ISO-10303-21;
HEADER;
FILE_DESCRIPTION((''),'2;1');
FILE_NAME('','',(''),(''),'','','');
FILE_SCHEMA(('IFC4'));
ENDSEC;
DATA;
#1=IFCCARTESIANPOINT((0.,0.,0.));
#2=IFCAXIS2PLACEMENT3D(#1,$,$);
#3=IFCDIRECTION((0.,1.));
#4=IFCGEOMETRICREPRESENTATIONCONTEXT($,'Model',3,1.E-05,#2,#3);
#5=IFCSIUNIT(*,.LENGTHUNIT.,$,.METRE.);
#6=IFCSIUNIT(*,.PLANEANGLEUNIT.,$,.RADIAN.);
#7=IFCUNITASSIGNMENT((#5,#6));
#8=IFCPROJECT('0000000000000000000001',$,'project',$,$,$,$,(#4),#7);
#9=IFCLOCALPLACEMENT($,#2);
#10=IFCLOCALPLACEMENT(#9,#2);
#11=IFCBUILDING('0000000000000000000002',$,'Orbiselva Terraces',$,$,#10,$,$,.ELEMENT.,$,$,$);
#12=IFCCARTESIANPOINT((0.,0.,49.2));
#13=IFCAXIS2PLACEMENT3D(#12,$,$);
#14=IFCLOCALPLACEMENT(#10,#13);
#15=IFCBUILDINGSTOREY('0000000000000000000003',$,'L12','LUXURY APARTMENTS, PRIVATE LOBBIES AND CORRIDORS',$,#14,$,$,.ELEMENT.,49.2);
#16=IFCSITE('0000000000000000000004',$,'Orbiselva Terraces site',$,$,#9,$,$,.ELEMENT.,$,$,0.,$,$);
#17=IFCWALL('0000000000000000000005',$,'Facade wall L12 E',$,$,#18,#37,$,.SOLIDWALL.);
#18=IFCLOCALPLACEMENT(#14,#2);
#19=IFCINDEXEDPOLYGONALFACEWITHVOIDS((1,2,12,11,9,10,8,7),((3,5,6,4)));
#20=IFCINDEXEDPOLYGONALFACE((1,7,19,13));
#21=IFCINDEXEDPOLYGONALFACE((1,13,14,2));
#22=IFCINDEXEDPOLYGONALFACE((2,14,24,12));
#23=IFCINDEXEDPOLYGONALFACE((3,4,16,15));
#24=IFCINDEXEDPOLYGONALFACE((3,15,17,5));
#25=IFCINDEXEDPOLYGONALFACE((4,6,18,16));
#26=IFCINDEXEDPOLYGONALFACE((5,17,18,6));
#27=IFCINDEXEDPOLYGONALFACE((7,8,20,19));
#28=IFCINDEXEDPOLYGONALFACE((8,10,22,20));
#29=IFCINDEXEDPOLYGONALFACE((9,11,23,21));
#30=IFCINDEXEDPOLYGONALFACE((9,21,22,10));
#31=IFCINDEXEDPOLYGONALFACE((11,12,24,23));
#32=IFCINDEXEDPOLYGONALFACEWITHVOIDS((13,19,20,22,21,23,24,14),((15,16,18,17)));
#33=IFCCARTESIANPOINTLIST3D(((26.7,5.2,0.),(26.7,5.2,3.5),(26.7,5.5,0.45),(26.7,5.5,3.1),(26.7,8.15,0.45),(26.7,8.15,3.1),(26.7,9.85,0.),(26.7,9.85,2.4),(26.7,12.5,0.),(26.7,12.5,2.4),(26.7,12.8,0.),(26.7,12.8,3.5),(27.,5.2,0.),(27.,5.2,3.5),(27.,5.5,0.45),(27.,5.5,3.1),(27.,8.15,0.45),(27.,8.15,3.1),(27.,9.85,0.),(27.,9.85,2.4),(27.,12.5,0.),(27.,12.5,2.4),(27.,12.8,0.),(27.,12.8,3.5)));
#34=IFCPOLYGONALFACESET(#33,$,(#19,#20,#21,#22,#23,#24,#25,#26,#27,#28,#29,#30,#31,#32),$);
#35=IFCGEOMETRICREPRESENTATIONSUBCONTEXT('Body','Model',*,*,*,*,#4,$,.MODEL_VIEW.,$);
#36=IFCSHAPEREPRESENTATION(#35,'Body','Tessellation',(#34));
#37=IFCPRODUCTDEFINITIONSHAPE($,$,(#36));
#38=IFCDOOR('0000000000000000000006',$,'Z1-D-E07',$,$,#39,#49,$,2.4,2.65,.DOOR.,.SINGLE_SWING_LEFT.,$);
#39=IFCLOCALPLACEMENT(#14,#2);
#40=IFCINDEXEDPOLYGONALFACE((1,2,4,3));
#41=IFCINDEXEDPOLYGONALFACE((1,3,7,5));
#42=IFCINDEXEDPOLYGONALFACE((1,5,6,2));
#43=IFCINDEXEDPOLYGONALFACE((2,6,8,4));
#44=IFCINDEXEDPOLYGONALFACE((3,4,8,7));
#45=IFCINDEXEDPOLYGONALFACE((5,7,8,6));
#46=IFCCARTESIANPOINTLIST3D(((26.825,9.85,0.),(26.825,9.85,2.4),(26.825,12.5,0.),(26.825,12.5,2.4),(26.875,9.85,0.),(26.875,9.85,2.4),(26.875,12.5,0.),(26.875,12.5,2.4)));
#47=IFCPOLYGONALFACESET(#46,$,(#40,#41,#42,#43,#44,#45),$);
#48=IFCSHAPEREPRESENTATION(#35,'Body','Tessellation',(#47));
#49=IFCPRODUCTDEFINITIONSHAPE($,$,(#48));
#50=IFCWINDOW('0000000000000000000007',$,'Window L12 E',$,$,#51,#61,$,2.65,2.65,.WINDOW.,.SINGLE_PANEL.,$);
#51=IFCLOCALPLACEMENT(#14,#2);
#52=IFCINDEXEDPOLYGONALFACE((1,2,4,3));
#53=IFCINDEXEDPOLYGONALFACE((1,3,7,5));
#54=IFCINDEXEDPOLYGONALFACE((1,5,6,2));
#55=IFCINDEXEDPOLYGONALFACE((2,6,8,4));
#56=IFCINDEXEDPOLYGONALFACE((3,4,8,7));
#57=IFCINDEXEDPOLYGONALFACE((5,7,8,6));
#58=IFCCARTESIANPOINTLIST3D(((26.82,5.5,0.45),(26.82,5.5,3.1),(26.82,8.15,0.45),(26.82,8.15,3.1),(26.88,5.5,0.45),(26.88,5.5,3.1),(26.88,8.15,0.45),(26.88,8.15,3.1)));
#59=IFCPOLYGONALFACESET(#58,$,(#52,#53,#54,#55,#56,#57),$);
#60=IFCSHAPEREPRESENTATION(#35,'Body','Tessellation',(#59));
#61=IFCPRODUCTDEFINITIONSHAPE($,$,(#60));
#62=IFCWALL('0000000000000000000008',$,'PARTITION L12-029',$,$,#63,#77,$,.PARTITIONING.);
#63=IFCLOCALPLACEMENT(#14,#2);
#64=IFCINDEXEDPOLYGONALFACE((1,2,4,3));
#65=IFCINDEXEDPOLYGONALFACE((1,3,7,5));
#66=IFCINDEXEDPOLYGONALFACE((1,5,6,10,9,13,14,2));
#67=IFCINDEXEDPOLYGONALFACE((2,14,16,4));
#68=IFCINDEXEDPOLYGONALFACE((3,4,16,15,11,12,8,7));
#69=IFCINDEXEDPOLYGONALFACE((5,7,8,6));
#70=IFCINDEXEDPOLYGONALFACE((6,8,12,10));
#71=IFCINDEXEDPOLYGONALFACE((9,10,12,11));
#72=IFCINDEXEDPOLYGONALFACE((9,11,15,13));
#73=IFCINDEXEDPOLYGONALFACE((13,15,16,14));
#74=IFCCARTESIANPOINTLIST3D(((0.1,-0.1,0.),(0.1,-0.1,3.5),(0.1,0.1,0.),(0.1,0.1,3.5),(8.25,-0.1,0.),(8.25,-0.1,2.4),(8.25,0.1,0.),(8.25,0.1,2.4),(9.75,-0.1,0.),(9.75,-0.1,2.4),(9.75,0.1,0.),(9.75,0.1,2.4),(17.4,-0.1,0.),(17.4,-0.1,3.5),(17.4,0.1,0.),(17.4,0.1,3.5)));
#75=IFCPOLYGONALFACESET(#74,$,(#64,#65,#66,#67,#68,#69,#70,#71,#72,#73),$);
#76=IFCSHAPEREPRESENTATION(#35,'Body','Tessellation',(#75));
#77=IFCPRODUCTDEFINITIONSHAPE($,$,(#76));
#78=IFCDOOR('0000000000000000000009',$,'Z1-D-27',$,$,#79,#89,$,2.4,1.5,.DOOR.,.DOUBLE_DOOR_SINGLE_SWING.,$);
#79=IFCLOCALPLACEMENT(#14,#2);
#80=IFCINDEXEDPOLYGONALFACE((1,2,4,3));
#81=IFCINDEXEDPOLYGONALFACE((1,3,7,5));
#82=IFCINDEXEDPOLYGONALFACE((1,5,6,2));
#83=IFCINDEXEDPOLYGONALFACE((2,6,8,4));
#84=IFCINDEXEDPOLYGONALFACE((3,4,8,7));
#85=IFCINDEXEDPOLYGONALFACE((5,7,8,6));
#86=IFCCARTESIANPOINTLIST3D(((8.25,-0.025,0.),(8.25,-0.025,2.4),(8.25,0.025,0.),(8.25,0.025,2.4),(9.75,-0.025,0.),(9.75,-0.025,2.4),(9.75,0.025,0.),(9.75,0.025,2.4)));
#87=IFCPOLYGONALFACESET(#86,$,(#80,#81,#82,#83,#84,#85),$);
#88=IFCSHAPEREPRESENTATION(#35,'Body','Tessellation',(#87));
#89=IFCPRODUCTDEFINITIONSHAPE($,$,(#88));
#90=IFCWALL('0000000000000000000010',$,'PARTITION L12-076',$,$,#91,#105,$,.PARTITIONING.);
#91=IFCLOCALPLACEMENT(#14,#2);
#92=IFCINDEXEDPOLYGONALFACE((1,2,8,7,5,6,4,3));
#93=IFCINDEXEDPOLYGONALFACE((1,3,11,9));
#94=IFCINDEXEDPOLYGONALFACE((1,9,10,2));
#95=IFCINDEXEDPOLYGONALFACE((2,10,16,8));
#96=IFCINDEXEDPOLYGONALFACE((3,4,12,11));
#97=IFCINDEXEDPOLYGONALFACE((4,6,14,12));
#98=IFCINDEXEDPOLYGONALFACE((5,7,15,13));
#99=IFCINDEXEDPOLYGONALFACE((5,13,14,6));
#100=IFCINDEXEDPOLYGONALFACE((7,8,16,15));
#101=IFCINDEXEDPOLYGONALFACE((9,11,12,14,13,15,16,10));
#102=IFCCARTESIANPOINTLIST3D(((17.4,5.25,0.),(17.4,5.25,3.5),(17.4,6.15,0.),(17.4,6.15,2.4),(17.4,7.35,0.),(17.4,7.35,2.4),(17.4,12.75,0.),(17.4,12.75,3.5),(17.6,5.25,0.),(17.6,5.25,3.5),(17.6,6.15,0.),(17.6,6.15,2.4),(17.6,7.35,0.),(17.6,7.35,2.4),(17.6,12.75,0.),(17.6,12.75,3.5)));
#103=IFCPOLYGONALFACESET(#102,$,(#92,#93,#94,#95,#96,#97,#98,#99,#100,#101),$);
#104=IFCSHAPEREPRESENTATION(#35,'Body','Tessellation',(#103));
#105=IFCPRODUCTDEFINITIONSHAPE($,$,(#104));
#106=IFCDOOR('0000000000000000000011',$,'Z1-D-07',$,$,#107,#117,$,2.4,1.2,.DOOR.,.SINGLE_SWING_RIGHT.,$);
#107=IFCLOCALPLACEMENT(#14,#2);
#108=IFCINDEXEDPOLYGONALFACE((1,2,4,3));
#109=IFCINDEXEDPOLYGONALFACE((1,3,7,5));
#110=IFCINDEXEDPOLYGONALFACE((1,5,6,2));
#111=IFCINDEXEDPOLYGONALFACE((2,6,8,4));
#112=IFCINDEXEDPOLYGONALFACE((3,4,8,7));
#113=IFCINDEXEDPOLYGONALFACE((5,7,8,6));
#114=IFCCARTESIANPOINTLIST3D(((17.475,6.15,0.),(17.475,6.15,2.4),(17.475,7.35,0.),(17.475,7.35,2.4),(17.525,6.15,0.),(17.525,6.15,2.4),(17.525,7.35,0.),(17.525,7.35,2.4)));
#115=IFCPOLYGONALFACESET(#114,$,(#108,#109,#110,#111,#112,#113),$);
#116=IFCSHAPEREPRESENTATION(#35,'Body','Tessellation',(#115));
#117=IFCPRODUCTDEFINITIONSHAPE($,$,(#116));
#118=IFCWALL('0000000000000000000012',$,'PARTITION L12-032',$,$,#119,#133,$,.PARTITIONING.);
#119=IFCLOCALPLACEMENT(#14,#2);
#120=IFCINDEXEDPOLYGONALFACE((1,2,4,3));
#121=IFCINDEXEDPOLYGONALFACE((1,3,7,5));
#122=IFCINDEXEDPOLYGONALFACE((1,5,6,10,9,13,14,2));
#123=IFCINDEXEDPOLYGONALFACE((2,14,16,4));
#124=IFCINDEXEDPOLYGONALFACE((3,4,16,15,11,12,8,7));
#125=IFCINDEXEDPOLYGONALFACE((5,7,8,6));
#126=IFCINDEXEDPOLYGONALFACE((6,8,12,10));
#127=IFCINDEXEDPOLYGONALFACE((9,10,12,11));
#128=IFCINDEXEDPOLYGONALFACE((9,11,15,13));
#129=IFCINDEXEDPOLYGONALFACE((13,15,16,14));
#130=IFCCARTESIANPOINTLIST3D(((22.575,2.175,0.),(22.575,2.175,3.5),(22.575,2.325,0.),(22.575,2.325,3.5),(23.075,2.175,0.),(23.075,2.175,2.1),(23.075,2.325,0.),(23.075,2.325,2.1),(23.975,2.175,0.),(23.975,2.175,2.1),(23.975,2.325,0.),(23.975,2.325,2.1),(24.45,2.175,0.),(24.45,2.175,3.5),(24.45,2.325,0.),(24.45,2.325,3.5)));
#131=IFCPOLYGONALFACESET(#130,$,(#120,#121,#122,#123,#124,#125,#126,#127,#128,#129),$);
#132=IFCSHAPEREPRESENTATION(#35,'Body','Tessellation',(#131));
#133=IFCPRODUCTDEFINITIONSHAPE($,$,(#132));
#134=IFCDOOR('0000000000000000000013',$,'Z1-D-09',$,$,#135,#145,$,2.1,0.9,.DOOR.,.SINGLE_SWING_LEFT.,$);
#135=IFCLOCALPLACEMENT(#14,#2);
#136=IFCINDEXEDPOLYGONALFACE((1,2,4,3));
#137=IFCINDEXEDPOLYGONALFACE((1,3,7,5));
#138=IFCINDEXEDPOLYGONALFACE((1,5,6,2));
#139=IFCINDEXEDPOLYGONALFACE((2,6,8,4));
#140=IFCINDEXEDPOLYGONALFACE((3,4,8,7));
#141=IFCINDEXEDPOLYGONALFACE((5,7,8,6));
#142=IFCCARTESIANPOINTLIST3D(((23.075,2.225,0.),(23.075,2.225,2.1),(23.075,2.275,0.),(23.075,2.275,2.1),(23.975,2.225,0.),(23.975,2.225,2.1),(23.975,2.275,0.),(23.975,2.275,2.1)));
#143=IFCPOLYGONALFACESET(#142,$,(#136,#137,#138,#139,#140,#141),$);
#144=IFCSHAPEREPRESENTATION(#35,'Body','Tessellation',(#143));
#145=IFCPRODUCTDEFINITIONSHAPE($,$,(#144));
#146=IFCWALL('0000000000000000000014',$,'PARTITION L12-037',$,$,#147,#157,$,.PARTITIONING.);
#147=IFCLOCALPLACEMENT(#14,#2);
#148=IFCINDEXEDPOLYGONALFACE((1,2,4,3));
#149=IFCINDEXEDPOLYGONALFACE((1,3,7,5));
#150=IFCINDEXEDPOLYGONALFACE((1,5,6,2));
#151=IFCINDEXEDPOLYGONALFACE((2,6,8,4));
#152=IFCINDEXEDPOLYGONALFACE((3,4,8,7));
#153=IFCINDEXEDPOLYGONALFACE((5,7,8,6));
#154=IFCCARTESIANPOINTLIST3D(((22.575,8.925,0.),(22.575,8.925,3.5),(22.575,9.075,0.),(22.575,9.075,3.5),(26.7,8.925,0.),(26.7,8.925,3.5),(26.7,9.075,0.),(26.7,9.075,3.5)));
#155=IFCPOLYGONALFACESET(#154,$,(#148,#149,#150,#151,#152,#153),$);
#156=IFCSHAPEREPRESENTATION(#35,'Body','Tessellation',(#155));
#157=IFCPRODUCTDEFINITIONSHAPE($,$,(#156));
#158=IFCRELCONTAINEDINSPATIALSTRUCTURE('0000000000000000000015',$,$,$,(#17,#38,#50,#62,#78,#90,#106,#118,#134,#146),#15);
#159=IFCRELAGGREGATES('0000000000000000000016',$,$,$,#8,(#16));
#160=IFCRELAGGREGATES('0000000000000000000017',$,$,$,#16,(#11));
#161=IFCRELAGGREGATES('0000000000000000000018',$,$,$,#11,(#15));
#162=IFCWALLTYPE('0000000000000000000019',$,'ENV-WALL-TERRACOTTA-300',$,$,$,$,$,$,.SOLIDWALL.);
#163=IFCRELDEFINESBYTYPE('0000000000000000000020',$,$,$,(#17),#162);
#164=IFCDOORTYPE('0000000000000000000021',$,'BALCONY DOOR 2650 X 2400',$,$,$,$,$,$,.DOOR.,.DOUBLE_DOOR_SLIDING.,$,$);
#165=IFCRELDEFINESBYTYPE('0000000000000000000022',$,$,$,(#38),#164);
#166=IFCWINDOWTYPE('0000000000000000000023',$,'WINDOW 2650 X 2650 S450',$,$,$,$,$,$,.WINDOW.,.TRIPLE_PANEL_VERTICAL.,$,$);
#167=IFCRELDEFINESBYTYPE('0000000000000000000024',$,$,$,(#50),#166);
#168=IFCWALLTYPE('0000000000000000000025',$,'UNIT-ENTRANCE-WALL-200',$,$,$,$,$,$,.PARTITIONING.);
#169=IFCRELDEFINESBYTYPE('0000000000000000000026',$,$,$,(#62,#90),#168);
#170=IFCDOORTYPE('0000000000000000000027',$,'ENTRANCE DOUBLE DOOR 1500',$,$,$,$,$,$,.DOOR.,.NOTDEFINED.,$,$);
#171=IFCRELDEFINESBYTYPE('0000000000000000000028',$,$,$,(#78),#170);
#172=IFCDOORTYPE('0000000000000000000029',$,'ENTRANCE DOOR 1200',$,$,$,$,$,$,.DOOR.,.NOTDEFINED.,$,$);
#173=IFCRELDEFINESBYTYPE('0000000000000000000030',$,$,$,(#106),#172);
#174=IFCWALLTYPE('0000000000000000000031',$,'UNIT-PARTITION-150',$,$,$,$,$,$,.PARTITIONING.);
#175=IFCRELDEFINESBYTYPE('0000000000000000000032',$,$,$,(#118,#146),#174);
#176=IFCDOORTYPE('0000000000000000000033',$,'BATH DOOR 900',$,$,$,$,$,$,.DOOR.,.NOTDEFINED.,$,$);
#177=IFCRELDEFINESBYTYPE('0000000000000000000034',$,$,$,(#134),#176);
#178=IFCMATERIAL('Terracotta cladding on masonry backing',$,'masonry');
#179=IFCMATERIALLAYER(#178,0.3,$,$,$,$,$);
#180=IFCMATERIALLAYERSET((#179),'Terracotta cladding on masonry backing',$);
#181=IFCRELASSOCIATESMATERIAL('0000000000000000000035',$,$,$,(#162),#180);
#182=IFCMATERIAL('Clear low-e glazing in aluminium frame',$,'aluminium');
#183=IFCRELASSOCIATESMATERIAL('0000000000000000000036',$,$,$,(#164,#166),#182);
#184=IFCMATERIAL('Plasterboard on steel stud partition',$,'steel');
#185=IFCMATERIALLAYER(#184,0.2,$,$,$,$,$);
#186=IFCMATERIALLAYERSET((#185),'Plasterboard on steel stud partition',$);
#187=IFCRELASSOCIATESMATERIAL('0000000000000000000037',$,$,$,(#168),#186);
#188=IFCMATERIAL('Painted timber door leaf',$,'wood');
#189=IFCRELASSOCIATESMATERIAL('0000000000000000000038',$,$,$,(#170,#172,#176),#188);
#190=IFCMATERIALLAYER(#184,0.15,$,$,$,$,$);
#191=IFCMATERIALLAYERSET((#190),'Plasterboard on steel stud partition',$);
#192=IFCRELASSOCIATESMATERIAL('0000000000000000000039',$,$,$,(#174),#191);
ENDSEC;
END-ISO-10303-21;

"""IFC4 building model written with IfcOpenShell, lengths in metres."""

from ifc_helpers import new_model, si_unit, direction, frame, frame_2d, origin, place, context, subcontext, project, spatial, rectangle, extrude, material, layer, layer_set, type_object, element, fill, save


model = new_model("IFC4")

# Units and contexts
model_context = context("Model", 3, precision=1e-05, world=origin(), true_north=direction((0.0, 1.0)))
body_context = subcontext(model_context, "Body", "Model", "MODEL_VIEW")
ifc_project = project(units=[si_unit("LENGTHUNIT", "METRE"), si_unit("PLANEANGLEUNIT", "RADIAN")], contexts=[model_context])

# Site, building, storey
site_placement = place(None, origin())
site = spatial("IfcSite", under=ifc_project, at=site_placement, Name="Orbiselva Terraces site", CompositionType="ELEMENT", RefElevation=0.0)
building_placement = place(site_placement, origin())
building = spatial("IfcBuilding", under=site, at=building_placement, Name="Orbiselva Terraces", CompositionType="ELEMENT")
storey_placement = place(building_placement, frame((0.0, 0.0, 49.2)))
storey = spatial("IfcBuildingStorey", under=building, at=storey_placement, Name="L12", Description="LUXURY APARTMENTS, PRIVATE LOBBIES AND CORRIDORS", CompositionType="ELEMENT", Elevation=49.2)

# Wall, openings, door, window
ifc_material_1 = material(Name="Terracotta cladding on masonry backing", Category="masonry")
ifc_layer_1 = layer(ifc_material_1, 0.3)
ifc_layer_set_1 = layer_set([ifc_layer_1], Name="Terracotta cladding on masonry backing")
wall_type_1 = type_object("IfcWallType", Name="ENV-WALL-TERRACOTTA-300", PredefinedType="SOLIDWALL", material=ifc_layer_set_1)
ifc_material_2 = material(Name="Clear low-e glazing in aluminium frame", Category="aluminium")
door_type_1 = type_object("IfcDoorType", Name="BALCONY DOOR 2650 X 2400", OperationType="DOUBLE_DOOR_SLIDING", PredefinedType="DOOR", material=ifc_material_2)
window_type = type_object("IfcWindowType", Name="WINDOW 2650 X 2650 S450", PartitioningType="TRIPLE_PANEL_VERTICAL", PredefinedType="WINDOW", material=ifc_material_2)
wall_1_placement = place(storey_placement, frame((26.85, 12.8, 0.0), z_axis=(0.0, 0.0, 1.0), x_axis=(0.0, -1.0, 0.0)))
wall_1 = element("IfcWall", 1, at=wall_1_placement, inside=storey, type_object=wall_type_1, Name="Facade wall L12 E", PredefinedType="SOLIDWALL", context=body_context, shape_type="SweptSolid", body=[
    extrude(rectangle(XDim=7.6, YDim=0.3, at=frame_2d((3.8, 0.0))), origin(), (0.0, 0.0, 1.0), 3.5),
])
opening_1_placement = place(wall_1_placement, frame((4.65, 0.0, 0.45)))
opening_1 = element("IfcOpeningElement", 2, at=opening_1_placement, cuts=wall_1, PredefinedType="OPENING", context=body_context, shape_type="SweptSolid", body=[
    extrude(rectangle(XDim=2.65, YDim=2.65, at=frame_2d((1.325, 1.325))), frame((0.0, 0.16, 0.0), z_axis=(0.0, -1.0, 0.0), x_axis=(1.0, 0.0, 0.0)), (0.0, 0.0, 1.0), 0.32),
])
opening_2_placement = place(wall_1_placement, frame((0.3, 0.0, 0.0)))
opening_2 = element("IfcOpeningElement", 3, at=opening_2_placement, cuts=wall_1, PredefinedType="OPENING", context=body_context, shape_type="SweptSolid", body=[
    extrude(rectangle(XDim=2.65, YDim=2.4, at=frame_2d((1.325, 1.2))), frame((0.0, 0.16, 0.0), z_axis=(0.0, -1.0, 0.0), x_axis=(1.0, 0.0, 0.0)), (0.0, 0.0, 1.0), 0.32),
])
door_1_placement = place(opening_2_placement, origin())
door_1 = element("IfcDoor", 4, at=door_1_placement, inside=storey, type_object=door_type_1, Name="Z1-D-E07", OperationType="SINGLE_SWING_LEFT", OverallHeight=2.4, OverallWidth=2.65, PredefinedType="DOOR", context=body_context, shape_type="SweptSolid", body=[
    extrude(rectangle(XDim=2.65, YDim=2.4, at=frame_2d((1.325, 1.2))), frame((0.0, 0.025, 0.0), z_axis=(0.0, -1.0, 0.0), x_axis=(1.0, 0.0, 0.0)), (0.0, 0.0, 1.0), 0.05),
])
fill(opening_2, door_1)
window_1_placement = place(opening_1_placement, origin())
window_1 = element("IfcWindow", 5, at=window_1_placement, inside=storey, type_object=window_type, Name="Window L12 E", OverallHeight=2.65, OverallWidth=2.65, PartitioningType="SINGLE_PANEL", PredefinedType="WINDOW", context=body_context, shape_type="SweptSolid", body=[
    extrude(rectangle(XDim=2.65, YDim=2.65, at=frame_2d((1.325, 1.325))), frame((0.0, 0.03, 0.0), z_axis=(0.0, -1.0, 0.0), x_axis=(1.0, 0.0, 0.0)), (0.0, 0.0, 1.0), 0.06),
])
fill(opening_1, window_1)

# Walls, openings, doors
ifc_material_3 = material(Name="Plasterboard on steel stud partition", Category="steel")
ifc_layer_2 = layer(ifc_material_3, 0.2)
ifc_layer_set_2 = layer_set([ifc_layer_2], Name="Plasterboard on steel stud partition")
wall_type_2 = type_object("IfcWallType", Name="UNIT-ENTRANCE-WALL-200", PredefinedType="PARTITIONING", material=ifc_layer_set_2)
wall_2_placement = place(storey_placement, frame((17.4, 0.0, 0.0), z_axis=(0.0, 0.0, 1.0), x_axis=(-1.0, 0.0, 0.0)))
wall_2 = element("IfcWall", 6, at=wall_2_placement, inside=storey, type_object=wall_type_2, Name="PARTITION L12-029", PredefinedType="PARTITIONING", context=body_context, shape_type="SweptSolid", body=[
    extrude(rectangle(XDim=17.3, YDim=0.2, at=frame_2d((8.65, 0.0))), origin(), (0.0, 0.0, 1.0), 3.5),
])
opening_3_placement = place(wall_2_placement, frame((7.65, 0.0, 0.0)))
opening_3 = element("IfcOpeningElement", 7, at=opening_3_placement, cuts=wall_2, PredefinedType="OPENING", context=body_context, shape_type="SweptSolid", body=[
    extrude(rectangle(XDim=1.5, YDim=2.4, at=frame_2d((0.75, 1.2))), frame((0.0, 0.11, 0.0), z_axis=(0.0, -1.0, 0.0), x_axis=(1.0, 0.0, 0.0)), (0.0, 0.0, 1.0), 0.22),
])
ifc_material_4 = material(Name="Painted timber door leaf", Category="wood")
door_type_2 = type_object("IfcDoorType", Name="ENTRANCE DOUBLE DOOR 1500", OperationType="NOTDEFINED", PredefinedType="DOOR", material=ifc_material_4)
door_2_placement = place(opening_3_placement, origin())
door_2 = element("IfcDoor", 8, at=door_2_placement, inside=storey, type_object=door_type_2, Name="Z1-D-27", OperationType="DOUBLE_DOOR_SINGLE_SWING", OverallHeight=2.4, OverallWidth=1.5, PredefinedType="DOOR", context=body_context, shape_type="SweptSolid", body=[
    extrude(rectangle(XDim=1.5, YDim=2.4, at=frame_2d((0.75, 1.2))), frame((0.0, 0.025, 0.0), z_axis=(0.0, -1.0, 0.0), x_axis=(1.0, 0.0, 0.0)), (0.0, 0.0, 1.0), 0.05),
])
fill(opening_3, door_2)
wall_3_placement = place(storey_placement, frame((17.5, 12.75, 0.0), z_axis=(0.0, 0.0, 1.0), x_axis=(0.0, -1.0, 0.0)))
wall_3 = element("IfcWall", 9, at=wall_3_placement, inside=storey, type_object=wall_type_2, Name="PARTITION L12-076", PredefinedType="PARTITIONING", context=body_context, shape_type="SweptSolid", body=[
    extrude(rectangle(XDim=7.5, YDim=0.2, at=frame_2d((3.75, 0.0))), origin(), (0.0, 0.0, 1.0), 3.5),
])
opening_4_placement = place(wall_3_placement, frame((5.4, 0.0, 0.0)))
opening_4 = element("IfcOpeningElement", 10, at=opening_4_placement, cuts=wall_3, PredefinedType="OPENING", context=body_context, shape_type="SweptSolid", body=[
    extrude(rectangle(XDim=1.2, YDim=2.4, at=frame_2d((0.6, 1.2))), frame((0.0, 0.11, 0.0), z_axis=(0.0, -1.0, 0.0), x_axis=(1.0, 0.0, 0.0)), (0.0, 0.0, 1.0), 0.22),
])
door_type_3 = type_object("IfcDoorType", Name="ENTRANCE DOOR 1200", OperationType="NOTDEFINED", PredefinedType="DOOR", material=ifc_material_4)
door_3_placement = place(opening_4_placement, origin())
door_3 = element("IfcDoor", 11, at=door_3_placement, inside=storey, type_object=door_type_3, Name="Z1-D-07", OperationType="SINGLE_SWING_RIGHT", OverallHeight=2.4, OverallWidth=1.2, PredefinedType="DOOR", context=body_context, shape_type="SweptSolid", body=[
    extrude(rectangle(XDim=1.2, YDim=2.4, at=frame_2d((0.6, 1.2))), frame((0.0, 0.025, 0.0), z_axis=(0.0, -1.0, 0.0), x_axis=(1.0, 0.0, 0.0)), (0.0, 0.0, 1.0), 0.05),
])
fill(opening_4, door_3)
ifc_layer_3 = layer(ifc_material_3, 0.15)
ifc_layer_set_3 = layer_set([ifc_layer_3], Name="Plasterboard on steel stud partition")
wall_type_3 = type_object("IfcWallType", Name="UNIT-PARTITION-150", PredefinedType="PARTITIONING", material=ifc_layer_set_3)
wall_4_placement = place(storey_placement, frame((24.45, 2.25, 0.0), z_axis=(0.0, 0.0, 1.0), x_axis=(-1.0, 0.0, 0.0)))
wall_4 = element("IfcWall", 12, at=wall_4_placement, inside=storey, type_object=wall_type_3, Name="PARTITION L12-032", PredefinedType="PARTITIONING", context=body_context, shape_type="SweptSolid", body=[
    extrude(rectangle(XDim=1.875, YDim=0.15, at=frame_2d((0.9375, 0.0))), origin(), (0.0, 0.0, 1.0), 3.5),
])
opening_5_placement = place(wall_4_placement, frame((0.475, 0.0, 0.0)))
opening_5 = element("IfcOpeningElement", 13, at=opening_5_placement, cuts=wall_4, PredefinedType="OPENING", context=body_context, shape_type="SweptSolid", body=[
    extrude(rectangle(XDim=0.9, YDim=2.1, at=frame_2d((0.45, 1.05))), frame((0.0, 0.085, 0.0), z_axis=(0.0, -1.0, 0.0), x_axis=(1.0, 0.0, 0.0)), (0.0, 0.0, 1.0), 0.17),
])
door_type_4 = type_object("IfcDoorType", Name="BATH DOOR 900", OperationType="NOTDEFINED", PredefinedType="DOOR", material=ifc_material_4)
door_4_placement = place(opening_5_placement, origin())
door_4 = element("IfcDoor", 14, at=door_4_placement, inside=storey, type_object=door_type_4, Name="Z1-D-09", OperationType="SINGLE_SWING_LEFT", OverallHeight=2.1, OverallWidth=0.9, PredefinedType="DOOR", context=body_context, shape_type="SweptSolid", body=[
    extrude(rectangle(XDim=0.9, YDim=2.1, at=frame_2d((0.45, 1.05))), frame((0.0, 0.025, 0.0), z_axis=(0.0, -1.0, 0.0), x_axis=(1.0, 0.0, 0.0)), (0.0, 0.0, 1.0), 0.05),
])
fill(opening_5, door_4)

# Wall
wall_5_placement = place(storey_placement, frame((22.575, 9.0, 0.0), z_axis=(0.0, 0.0, 1.0), x_axis=(1.0, 0.0, 0.0)))
element("IfcWall", 15, at=wall_5_placement, inside=storey, type_object=wall_type_3, Name="PARTITION L12-037", PredefinedType="PARTITIONING", context=body_context, shape_type="SweptSolid", body=[
    extrude(rectangle(XDim=4.125, YDim=0.15, at=frame_2d((2.0625, 0.0))), origin(), (0.0, 0.0, 1.0), 3.5),
])

save(model, "model.ifc")
